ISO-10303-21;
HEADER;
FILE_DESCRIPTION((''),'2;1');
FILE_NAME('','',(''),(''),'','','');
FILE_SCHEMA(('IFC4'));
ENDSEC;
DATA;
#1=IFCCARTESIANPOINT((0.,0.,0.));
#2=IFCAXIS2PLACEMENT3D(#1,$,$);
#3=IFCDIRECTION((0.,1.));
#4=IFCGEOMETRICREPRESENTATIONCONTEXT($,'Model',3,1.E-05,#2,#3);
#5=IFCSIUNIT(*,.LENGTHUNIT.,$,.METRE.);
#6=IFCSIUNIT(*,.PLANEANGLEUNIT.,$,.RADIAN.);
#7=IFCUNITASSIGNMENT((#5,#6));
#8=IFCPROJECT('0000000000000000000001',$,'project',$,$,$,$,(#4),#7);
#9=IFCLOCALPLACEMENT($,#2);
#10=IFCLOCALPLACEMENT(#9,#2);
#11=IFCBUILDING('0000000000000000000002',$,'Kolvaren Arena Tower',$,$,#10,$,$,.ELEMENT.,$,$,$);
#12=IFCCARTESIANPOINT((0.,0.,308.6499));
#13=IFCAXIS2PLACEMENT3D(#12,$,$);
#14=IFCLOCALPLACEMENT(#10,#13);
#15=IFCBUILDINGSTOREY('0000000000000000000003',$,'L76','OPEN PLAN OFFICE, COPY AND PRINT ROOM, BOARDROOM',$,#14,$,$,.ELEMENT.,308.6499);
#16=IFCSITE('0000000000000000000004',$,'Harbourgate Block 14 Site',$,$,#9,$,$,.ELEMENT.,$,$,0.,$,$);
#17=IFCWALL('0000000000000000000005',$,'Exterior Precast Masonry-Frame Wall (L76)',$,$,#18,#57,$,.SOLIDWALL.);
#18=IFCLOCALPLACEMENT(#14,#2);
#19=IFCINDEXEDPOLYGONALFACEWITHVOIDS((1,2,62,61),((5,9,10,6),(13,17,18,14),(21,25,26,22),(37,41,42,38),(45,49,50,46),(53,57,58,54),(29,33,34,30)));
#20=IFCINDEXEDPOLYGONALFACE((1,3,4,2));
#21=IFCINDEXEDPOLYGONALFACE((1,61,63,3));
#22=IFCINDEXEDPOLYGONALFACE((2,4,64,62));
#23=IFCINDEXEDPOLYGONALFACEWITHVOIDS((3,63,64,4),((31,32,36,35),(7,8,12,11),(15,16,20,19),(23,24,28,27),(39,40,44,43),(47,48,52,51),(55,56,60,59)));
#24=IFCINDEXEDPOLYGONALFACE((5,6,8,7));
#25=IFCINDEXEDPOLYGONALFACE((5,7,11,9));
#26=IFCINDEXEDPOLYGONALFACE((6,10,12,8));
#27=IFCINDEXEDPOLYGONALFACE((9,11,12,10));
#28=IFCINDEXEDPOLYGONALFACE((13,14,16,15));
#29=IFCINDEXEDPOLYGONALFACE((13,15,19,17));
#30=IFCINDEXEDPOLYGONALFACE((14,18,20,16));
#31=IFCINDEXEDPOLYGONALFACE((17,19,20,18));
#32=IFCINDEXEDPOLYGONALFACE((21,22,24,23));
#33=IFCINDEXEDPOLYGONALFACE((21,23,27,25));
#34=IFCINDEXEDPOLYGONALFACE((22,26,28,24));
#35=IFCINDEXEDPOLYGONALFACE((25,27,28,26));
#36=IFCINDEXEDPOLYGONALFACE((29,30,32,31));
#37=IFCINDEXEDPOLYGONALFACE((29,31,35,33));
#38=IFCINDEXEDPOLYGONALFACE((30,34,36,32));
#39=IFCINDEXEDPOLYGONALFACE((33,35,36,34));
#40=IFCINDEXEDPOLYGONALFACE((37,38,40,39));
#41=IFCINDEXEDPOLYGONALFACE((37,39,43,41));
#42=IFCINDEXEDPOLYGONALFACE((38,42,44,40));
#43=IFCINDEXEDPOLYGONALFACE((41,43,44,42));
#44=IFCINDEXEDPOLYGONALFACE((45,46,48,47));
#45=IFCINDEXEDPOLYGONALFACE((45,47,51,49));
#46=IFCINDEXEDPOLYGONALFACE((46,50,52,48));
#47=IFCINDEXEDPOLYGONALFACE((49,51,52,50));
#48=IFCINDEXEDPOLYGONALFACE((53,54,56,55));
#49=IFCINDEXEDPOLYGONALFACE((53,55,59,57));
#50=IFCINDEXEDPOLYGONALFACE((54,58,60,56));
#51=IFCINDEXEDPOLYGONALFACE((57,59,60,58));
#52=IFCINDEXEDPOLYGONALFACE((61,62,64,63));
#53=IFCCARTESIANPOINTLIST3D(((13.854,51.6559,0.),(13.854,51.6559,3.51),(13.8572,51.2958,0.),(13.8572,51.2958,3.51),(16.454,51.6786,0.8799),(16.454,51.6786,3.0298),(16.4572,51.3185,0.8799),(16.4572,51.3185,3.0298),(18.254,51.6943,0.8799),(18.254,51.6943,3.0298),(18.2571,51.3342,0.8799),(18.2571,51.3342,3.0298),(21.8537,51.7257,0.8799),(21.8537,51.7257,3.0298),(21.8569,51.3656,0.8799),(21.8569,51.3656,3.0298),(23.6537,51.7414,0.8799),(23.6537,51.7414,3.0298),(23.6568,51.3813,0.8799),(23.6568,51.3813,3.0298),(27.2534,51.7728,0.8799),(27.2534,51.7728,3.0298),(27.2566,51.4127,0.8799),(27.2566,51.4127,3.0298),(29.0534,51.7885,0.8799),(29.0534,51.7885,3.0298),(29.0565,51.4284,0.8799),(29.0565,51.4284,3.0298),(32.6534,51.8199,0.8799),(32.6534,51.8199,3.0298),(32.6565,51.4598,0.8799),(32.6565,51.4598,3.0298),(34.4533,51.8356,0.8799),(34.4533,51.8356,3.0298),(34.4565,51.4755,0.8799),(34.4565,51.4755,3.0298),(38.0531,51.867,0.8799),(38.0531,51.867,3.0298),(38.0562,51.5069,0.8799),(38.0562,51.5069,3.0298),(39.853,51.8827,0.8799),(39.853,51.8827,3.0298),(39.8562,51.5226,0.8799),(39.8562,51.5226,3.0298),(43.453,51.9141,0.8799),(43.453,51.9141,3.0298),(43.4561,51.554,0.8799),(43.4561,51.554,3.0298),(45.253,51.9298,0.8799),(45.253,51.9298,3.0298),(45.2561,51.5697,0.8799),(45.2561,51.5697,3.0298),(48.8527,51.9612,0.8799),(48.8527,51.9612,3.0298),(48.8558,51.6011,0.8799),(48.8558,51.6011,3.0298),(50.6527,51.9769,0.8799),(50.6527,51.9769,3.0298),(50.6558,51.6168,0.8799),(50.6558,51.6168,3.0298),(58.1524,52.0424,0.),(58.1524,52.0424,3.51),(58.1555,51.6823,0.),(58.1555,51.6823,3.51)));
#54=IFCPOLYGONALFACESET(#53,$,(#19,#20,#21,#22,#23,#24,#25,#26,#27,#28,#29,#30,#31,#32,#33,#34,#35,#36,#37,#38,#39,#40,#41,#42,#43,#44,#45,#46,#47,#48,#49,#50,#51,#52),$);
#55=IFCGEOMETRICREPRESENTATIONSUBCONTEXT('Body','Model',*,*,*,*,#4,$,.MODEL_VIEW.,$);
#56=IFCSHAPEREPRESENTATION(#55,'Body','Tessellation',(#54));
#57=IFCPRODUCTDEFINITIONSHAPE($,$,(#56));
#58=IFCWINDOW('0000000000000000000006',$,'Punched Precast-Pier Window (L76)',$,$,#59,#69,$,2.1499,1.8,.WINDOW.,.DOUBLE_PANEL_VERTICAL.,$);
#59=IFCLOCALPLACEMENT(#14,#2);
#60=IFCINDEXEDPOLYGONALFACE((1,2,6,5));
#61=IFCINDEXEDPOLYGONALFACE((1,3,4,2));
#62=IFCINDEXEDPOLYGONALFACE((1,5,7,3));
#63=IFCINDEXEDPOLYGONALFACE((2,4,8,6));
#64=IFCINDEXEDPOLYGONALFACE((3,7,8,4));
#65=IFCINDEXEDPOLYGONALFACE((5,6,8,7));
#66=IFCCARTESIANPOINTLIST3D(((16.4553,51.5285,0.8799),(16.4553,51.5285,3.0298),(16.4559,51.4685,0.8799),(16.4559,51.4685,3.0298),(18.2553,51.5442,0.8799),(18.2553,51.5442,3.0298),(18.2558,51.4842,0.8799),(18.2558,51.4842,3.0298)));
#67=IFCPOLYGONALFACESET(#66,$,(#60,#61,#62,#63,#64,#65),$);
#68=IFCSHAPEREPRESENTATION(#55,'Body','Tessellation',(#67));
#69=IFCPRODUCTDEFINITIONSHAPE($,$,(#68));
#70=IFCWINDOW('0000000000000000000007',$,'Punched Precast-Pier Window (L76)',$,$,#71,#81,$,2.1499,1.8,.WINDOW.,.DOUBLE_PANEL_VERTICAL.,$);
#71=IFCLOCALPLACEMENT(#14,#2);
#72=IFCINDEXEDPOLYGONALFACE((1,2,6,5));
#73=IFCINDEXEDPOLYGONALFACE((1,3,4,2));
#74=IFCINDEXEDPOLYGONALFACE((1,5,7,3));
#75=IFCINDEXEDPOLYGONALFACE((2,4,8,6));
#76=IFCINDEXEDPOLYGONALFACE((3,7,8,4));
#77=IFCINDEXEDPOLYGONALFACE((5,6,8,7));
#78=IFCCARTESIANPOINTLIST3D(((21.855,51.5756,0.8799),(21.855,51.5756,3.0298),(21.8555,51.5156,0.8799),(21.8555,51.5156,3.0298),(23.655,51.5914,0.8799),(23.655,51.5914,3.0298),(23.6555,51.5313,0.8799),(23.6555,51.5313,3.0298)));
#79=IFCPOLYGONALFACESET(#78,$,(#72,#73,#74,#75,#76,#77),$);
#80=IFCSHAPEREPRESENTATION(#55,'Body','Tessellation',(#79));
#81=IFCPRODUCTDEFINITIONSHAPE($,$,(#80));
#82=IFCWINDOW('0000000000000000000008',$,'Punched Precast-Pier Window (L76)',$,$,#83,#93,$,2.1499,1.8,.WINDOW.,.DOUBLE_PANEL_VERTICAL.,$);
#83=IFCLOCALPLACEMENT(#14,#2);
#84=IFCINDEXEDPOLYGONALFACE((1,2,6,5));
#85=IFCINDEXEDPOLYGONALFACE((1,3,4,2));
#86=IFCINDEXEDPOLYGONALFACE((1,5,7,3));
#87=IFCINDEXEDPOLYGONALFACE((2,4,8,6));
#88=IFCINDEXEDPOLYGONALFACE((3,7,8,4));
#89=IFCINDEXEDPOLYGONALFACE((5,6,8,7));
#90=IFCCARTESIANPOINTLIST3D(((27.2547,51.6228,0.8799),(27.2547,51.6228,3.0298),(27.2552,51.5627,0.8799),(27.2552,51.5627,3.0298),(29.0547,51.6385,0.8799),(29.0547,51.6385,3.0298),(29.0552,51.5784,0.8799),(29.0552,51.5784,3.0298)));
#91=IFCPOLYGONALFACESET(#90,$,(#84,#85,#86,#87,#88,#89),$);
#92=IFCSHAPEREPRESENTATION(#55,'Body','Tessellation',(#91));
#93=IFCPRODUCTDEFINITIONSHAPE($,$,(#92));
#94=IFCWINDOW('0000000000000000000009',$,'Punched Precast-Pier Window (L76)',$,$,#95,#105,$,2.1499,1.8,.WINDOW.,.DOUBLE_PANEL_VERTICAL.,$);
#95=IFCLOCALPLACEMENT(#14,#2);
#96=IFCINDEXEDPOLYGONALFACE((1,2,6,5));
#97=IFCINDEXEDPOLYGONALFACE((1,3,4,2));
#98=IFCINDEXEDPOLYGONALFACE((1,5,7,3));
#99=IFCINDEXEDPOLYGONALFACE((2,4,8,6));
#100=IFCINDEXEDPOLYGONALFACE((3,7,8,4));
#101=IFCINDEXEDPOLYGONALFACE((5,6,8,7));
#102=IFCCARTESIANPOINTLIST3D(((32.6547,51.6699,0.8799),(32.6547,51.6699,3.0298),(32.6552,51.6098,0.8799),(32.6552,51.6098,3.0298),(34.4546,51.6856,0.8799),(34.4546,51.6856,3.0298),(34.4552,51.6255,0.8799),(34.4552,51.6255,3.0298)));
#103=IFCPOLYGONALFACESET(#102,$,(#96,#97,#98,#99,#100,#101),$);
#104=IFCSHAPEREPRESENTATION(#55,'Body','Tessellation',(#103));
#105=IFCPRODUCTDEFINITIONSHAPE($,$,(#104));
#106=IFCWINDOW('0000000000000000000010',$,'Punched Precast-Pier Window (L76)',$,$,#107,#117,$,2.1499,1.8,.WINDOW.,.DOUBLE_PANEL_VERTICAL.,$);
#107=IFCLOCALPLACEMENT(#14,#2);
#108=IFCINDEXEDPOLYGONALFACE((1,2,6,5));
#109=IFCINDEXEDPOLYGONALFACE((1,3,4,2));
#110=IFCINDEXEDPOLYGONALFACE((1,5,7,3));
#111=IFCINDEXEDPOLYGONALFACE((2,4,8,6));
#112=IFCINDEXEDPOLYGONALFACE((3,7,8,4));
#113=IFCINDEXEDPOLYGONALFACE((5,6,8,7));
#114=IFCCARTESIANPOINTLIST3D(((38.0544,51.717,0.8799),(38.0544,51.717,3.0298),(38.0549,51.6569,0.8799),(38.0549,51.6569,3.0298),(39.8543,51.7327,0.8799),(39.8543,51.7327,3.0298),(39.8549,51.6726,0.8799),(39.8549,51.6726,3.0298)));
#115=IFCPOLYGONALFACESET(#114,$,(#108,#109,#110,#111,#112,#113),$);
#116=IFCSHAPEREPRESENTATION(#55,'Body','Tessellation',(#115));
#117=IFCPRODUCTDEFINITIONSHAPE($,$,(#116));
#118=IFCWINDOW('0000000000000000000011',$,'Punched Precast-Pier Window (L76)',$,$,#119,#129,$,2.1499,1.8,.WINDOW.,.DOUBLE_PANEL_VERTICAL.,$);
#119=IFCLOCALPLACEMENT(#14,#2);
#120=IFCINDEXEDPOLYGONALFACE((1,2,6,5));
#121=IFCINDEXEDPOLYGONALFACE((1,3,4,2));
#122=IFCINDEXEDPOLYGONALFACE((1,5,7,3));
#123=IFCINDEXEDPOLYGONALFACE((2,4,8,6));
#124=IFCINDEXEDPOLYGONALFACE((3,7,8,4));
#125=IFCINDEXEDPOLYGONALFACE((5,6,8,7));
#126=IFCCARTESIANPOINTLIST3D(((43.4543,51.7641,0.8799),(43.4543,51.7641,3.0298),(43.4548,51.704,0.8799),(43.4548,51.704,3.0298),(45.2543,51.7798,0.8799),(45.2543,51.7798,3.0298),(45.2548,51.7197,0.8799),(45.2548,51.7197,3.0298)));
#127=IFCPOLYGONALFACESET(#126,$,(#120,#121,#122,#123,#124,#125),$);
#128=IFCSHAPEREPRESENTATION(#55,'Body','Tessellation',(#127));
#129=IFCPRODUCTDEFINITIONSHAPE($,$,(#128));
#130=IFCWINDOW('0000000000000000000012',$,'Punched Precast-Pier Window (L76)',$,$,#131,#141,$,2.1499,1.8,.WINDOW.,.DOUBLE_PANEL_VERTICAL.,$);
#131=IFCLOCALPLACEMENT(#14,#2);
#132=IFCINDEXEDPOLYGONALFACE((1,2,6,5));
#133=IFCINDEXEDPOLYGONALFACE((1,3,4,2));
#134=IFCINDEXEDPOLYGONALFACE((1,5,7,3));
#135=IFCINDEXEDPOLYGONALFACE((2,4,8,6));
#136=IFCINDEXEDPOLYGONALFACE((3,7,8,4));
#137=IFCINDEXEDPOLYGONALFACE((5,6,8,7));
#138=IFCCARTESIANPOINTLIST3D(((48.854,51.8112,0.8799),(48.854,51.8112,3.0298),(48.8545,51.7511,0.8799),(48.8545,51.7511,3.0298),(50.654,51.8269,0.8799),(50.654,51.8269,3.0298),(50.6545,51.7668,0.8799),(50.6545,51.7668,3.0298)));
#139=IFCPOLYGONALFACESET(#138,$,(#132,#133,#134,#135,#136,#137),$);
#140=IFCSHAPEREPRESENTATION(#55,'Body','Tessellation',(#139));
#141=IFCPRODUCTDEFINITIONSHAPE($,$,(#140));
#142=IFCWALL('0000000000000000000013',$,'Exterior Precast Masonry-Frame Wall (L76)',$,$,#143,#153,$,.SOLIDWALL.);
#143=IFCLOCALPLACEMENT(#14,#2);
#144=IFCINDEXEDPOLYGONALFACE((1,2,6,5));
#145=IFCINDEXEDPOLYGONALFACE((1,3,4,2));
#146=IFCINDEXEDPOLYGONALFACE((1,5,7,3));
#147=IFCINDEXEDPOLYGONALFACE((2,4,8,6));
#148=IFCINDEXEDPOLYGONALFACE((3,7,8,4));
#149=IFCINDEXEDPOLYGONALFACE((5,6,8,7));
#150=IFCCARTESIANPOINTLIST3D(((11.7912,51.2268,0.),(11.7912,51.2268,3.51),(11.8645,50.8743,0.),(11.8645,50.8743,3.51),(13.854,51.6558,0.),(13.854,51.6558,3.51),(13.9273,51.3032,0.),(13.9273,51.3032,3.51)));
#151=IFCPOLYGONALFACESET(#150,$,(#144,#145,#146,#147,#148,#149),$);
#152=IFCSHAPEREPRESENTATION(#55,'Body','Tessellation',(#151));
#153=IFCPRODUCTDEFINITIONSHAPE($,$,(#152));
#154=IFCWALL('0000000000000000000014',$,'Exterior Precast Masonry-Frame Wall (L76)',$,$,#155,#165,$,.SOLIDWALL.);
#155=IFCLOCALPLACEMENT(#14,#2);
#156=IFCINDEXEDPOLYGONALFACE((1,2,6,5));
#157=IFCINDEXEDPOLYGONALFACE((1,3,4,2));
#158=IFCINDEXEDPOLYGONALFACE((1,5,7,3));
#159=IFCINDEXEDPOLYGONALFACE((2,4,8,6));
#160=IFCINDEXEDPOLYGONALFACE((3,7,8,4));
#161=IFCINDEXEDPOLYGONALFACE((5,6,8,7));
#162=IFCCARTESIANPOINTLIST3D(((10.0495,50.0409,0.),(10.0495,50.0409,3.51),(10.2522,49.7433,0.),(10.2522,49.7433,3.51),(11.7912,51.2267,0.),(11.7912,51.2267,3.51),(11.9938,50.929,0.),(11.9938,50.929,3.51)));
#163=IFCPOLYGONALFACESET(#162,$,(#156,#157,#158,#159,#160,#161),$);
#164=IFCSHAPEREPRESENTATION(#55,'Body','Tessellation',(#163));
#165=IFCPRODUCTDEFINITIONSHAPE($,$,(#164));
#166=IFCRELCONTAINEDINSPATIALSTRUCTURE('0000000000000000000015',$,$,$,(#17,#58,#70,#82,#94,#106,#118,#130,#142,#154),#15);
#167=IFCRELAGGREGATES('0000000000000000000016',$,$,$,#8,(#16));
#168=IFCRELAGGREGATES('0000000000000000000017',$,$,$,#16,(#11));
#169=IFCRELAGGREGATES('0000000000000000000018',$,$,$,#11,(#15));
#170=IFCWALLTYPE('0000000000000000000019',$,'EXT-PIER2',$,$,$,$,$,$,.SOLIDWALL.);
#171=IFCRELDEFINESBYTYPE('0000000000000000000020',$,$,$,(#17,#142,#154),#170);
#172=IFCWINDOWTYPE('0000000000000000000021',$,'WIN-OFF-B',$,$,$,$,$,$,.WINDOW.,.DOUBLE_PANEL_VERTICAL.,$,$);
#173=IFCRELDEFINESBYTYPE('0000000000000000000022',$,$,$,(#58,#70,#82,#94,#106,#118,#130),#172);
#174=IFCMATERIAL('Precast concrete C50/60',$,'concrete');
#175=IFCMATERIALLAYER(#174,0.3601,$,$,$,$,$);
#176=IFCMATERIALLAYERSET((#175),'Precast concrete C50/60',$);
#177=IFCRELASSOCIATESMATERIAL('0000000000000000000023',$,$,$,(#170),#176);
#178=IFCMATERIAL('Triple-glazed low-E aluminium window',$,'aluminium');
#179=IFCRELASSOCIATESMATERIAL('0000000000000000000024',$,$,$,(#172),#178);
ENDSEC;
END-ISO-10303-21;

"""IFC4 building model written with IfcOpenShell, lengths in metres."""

from ifc_helpers import new_model, si_unit, direction, frame, frame_2d, origin, place, context, subcontext, project, spatial, rectangle, extrude, material, layer, layer_set, type_object, element, fill, save


model = new_model("IFC4")

# Units and contexts
model_context = context("Model", 3, precision=1e-05, world=origin(), true_north=direction((0.0, 1.0)))
body_context = subcontext(model_context, "Body", "Model", "MODEL_VIEW")
ifc_project = project(units=[si_unit("LENGTHUNIT", "METRE"), si_unit("PLANEANGLEUNIT", "RADIAN")], contexts=[model_context])

# Site, building, storey
site_placement = place(None, origin())
site = spatial("IfcSite", under=ifc_project, at=site_placement, Name="Harbourgate Block 14 Site", CompositionType="ELEMENT", RefElevation=0.0)
building_placement = place(site_placement, origin())
building = spatial("IfcBuilding", under=site, at=building_placement, Name="Kolvaren Arena Tower", CompositionType="ELEMENT")
storey_placement = place(building_placement, frame((0.0, 0.0, 308.6499)))
storey = spatial("IfcBuildingStorey", under=building, at=storey_placement, Name="L76", Description="OPEN PLAN OFFICE, COPY AND PRINT ROOM, BOARDROOM", CompositionType="ELEMENT", Elevation=308.6499)

# Shared definitions
ifc_material_1 = material(Name="Precast concrete C50/60", Category="concrete")

# Wall, openings, windows
ifc_layer = layer(ifc_material_1, 0.3601)
ifc_layer_set = layer_set([ifc_layer], Name="Precast concrete C50/60")
wall_type = type_object("IfcWallType", Name="EXT-PIER2", PredefinedType="SOLIDWALL", material=ifc_layer_set)
wall_placement = place(storey_placement, frame((13.8557, 51.4758, 0.0), z_axis=(0.0, 0.0, 1.0), x_axis=(0.999962, 0.008724, 0.0)))
wall = element("IfcWall", 1, at=wall_placement, inside=storey, type_object=wall_type, Name="Exterior Precast Masonry-Frame Wall (L76)", PredefinedType="SOLIDWALL", context=body_context, shape_type="SweptSolid", body=[
    extrude(rectangle(XDim=44.3, YDim=0.3601, at=frame_2d((22.1499, 0.0))), origin(), (0.0, 0.0, 1.0), 3.51),
])
opening_1_placement = place(wall_placement, frame((2.6001, 0.0, 0.8799)))
opening_1 = element("IfcOpeningElement", 2, at=opening_1_placement, cuts=wall, PredefinedType="OPENING", context=body_context, shape_type="SweptSolid", body=[
    extrude(rectangle(XDim=1.8, YDim=2.1499, at=frame_2d((0.8999, 1.075))), frame((0.0, 0.1899, 0.0), z_axis=(0.0, -1.0, 0.0), x_axis=(1.0, 0.0, 0.0)), (0.0, 0.0, 1.0), 0.3801),
])
opening_2_placement = place(wall_placement, frame((8.0, 0.0, 0.8799)))
opening_2 = element("IfcOpeningElement", 3, at=opening_2_placement, cuts=wall, PredefinedType="OPENING", context=body_context, shape_type="SweptSolid", body=[
    extrude(rectangle(XDim=1.8, YDim=2.1499, at=frame_2d((0.8999, 1.075))), frame((0.0, 0.1899, 0.0), z_axis=(0.0, -1.0, 0.0), x_axis=(1.0, 0.0, 0.0)), (0.0, 0.0, 1.0), 0.3801),
])
opening_3_placement = place(wall_placement, frame((13.3999, 0.0, 0.8799)))
opening_3 = element("IfcOpeningElement", 4, at=opening_3_placement, cuts=wall, PredefinedType="OPENING", context=body_context, shape_type="SweptSolid", body=[
    extrude(rectangle(XDim=1.8, YDim=2.1499, at=frame_2d((0.8999, 1.075))), frame((0.0, 0.1899, 0.0), z_axis=(0.0, -1.0, 0.0), x_axis=(1.0, 0.0, 0.0)), (0.0, 0.0, 1.0), 0.3801),
])
opening_4_placement = place(wall_placement, frame((18.8, 0.0, 0.8799)))
opening_4 = element("IfcOpeningElement", 5, at=opening_4_placement, cuts=wall, PredefinedType="OPENING", context=body_context, shape_type="SweptSolid", body=[
    extrude(rectangle(XDim=1.8, YDim=2.1499, at=frame_2d((0.8999, 1.075))), frame((0.0, 0.1899, 0.0), z_axis=(0.0, -1.0, 0.0), x_axis=(1.0, 0.0, 0.0)), (0.0, 0.0, 1.0), 0.3801),
])
opening_5_placement = place(wall_placement, frame((24.2, 0.0, 0.8799)))
opening_5 = element("IfcOpeningElement", 6, at=opening_5_placement, cuts=wall, PredefinedType="OPENING", context=body_context, shape_type="SweptSolid", body=[
    extrude(rectangle(XDim=1.8, YDim=2.1499, at=frame_2d((0.8999, 1.075))), frame((0.0, 0.1899, 0.0), z_axis=(0.0, -1.0, 0.0), x_axis=(1.0, 0.0, 0.0)), (0.0, 0.0, 1.0), 0.3801),
])
opening_6_placement = place(wall_placement, frame((29.6001, 0.0, 0.8799)))
opening_6 = element("IfcOpeningElement", 7, at=opening_6_placement, cuts=wall, PredefinedType="OPENING", context=body_context, shape_type="SweptSolid", body=[
    extrude(rectangle(XDim=1.8, YDim=2.1499, at=frame_2d((0.8999, 1.075))), frame((0.0, 0.1899, 0.0), z_axis=(0.0, -1.0, 0.0), x_axis=(1.0, 0.0, 0.0)), (0.0, 0.0, 1.0), 0.3801),
])
opening_7_placement = place(wall_placement, frame((35.0, 0.0, 0.8799)))
opening_7 = element("IfcOpeningElement", 8, at=opening_7_placement, cuts=wall, PredefinedType="OPENING", context=body_context, shape_type="SweptSolid", body=[
    extrude(rectangle(XDim=1.8, YDim=2.1499, at=frame_2d((0.8999, 1.075))), frame((0.0, 0.1899, 0.0), z_axis=(0.0, -1.0, 0.0), x_axis=(1.0, 0.0, 0.0)), (0.0, 0.0, 1.0), 0.3801),
])
ifc_material_2 = material(Name="Triple-glazed low-E aluminium window", Category="aluminium")
window_type = type_object("IfcWindowType", Name="WIN-OFF-B", PartitioningType="DOUBLE_PANEL_VERTICAL", PredefinedType="WINDOW", material=ifc_material_2)
window_1_placement = place(opening_1_placement, origin())
window_1 = element("IfcWindow", 9, at=window_1_placement, inside=storey, type_object=window_type, Name="Punched Precast-Pier Window (L76)", OverallHeight=2.1499, OverallWidth=1.8, PartitioningType="DOUBLE_PANEL_VERTICAL", PredefinedType="WINDOW", context=body_context, shape_type="SweptSolid", body=[
    extrude(rectangle(XDim=1.8, YDim=2.1499, at=frame_2d((0.8999, 1.075))), frame((0.0, 0.03, 0.0), z_axis=(0.0, -1.0, 0.0), x_axis=(1.0, 0.0, 0.0)), (0.0, 0.0, 1.0), 0.0601),
])
fill(opening_1, window_1)
window_2_placement = place(opening_2_placement, origin())
window_2 = element("IfcWindow", 10, at=window_2_placement, inside=storey, type_object=window_type, Name="Punched Precast-Pier Window (L76)", OverallHeight=2.1499, OverallWidth=1.8, PartitioningType="DOUBLE_PANEL_VERTICAL", PredefinedType="WINDOW", context=body_context, shape_type="SweptSolid", body=[
    extrude(rectangle(XDim=1.8, YDim=2.1499, at=frame_2d((0.8999, 1.075))), frame((0.0, 0.03, 0.0), z_axis=(0.0, -1.0, 0.0), x_axis=(1.0, 0.0, 0.0)), (0.0, 0.0, 1.0), 0.0601),
])
fill(opening_2, window_2)
window_3_placement = place(opening_3_placement, origin())
window_3 = element("IfcWindow", 11, at=window_3_placement, inside=storey, type_object=window_type, Name="Punched Precast-Pier Window (L76)", OverallHeight=2.1499, OverallWidth=1.8, PartitioningType="DOUBLE_PANEL_VERTICAL", PredefinedType="WINDOW", context=body_context, shape_type="SweptSolid", body=[
    extrude(rectangle(XDim=1.8, YDim=2.1499, at=frame_2d((0.8999, 1.075))), frame((0.0, 0.03, 0.0), z_axis=(0.0, -1.0, 0.0), x_axis=(1.0, 0.0, 0.0)), (0.0, 0.0, 1.0), 0.0601),
])
fill(opening_3, window_3)
window_4_placement = place(opening_4_placement, origin())
window_4 = element("IfcWindow", 12, at=window_4_placement, inside=storey, type_object=window_type, Name="Punched Precast-Pier Window (L76)", OverallHeight=2.1499, OverallWidth=1.8, PartitioningType="DOUBLE_PANEL_VERTICAL", PredefinedType="WINDOW", context=body_context, shape_type="SweptSolid", body=[
    extrude(rectangle(XDim=1.8, YDim=2.1499, at=frame_2d((0.8999, 1.075))), frame((0.0, 0.03, 0.0), z_axis=(0.0, -1.0, 0.0), x_axis=(1.0, 0.0, 0.0)), (0.0, 0.0, 1.0), 0.0601),
])
fill(opening_4, window_4)
window_5_placement = place(opening_5_placement, origin())
window_5 = element("IfcWindow", 13, at=window_5_placement, inside=storey, type_object=window_type, Name="Punched Precast-Pier Window (L76)", OverallHeight=2.1499, OverallWidth=1.8, PartitioningType="DOUBLE_PANEL_VERTICAL", PredefinedType="WINDOW", context=body_context, shape_type="SweptSolid", body=[
    extrude(rectangle(XDim=1.8, YDim=2.1499, at=frame_2d((0.8999, 1.075))), frame((0.0, 0.03, 0.0), z_axis=(0.0, -1.0, 0.0), x_axis=(1.0, 0.0, 0.0)), (0.0, 0.0, 1.0), 0.0601),
])
fill(opening_5, window_5)
window_6_placement = place(opening_6_placement, origin())
window_6 = element("IfcWindow", 14, at=window_6_placement, inside=storey, type_object=window_type, Name="Punched Precast-Pier Window (L76)", OverallHeight=2.1499, OverallWidth=1.8, PartitioningType="DOUBLE_PANEL_VERTICAL", PredefinedType="WINDOW", context=body_context, shape_type="SweptSolid", body=[
    extrude(rectangle(XDim=1.8, YDim=2.1499, at=frame_2d((0.8999, 1.075))), frame((0.0, 0.03, 0.0), z_axis=(0.0, -1.0, 0.0), x_axis=(1.0, 0.0, 0.0)), (0.0, 0.0, 1.0), 0.0601),
])
fill(opening_6, window_6)
window_7_placement = place(opening_7_placement, origin())
window_7 = element("IfcWindow", 15, at=window_7_placement, inside=storey, type_object=window_type, Name="Punched Precast-Pier Window (L76)", OverallHeight=2.1499, OverallWidth=1.8, PartitioningType="DOUBLE_PANEL_VERTICAL", PredefinedType="WINDOW", context=body_context, shape_type="SweptSolid", body=[
    extrude(rectangle(XDim=1.8, YDim=2.1499, at=frame_2d((0.8999, 1.075))), frame((0.0, 0.03, 0.0), z_axis=(0.0, -1.0, 0.0), x_axis=(1.0, 0.0, 0.0)), (0.0, 0.0, 1.0), 0.0601),
])
fill(opening_7, window_7)

# Walls
for number, where, z_axis, x_axis, name in (
    (16, (11.8279, 51.0505, 0.0), (0.0, 0.0, 1.0), (0.979055, 0.203598, 0.0), "Exterior Precast Masonry-Frame Wall (L76)"),
    (17, (10.1509, 49.8921, 0.0), (0.0, 0.0, 1.0), (0.82661, 0.562776, 0.0), "Exterior Precast Masonry-Frame Wall (L76)"),
):
    element("IfcWall", number, at=place(storey_placement, frame(where, z_axis=z_axis, x_axis=x_axis)), inside=storey, type_object=wall_type, Name=name, PredefinedType="SOLIDWALL", context=body_context, shape_type="SweptSolid", body=[
        extrude(rectangle(XDim=2.1069, YDim=0.3601, at=frame_2d((1.0535, 0.0))), origin(), (0.0, 0.0, 1.0), 3.51),
    ])

save(model, "model.ifc")
